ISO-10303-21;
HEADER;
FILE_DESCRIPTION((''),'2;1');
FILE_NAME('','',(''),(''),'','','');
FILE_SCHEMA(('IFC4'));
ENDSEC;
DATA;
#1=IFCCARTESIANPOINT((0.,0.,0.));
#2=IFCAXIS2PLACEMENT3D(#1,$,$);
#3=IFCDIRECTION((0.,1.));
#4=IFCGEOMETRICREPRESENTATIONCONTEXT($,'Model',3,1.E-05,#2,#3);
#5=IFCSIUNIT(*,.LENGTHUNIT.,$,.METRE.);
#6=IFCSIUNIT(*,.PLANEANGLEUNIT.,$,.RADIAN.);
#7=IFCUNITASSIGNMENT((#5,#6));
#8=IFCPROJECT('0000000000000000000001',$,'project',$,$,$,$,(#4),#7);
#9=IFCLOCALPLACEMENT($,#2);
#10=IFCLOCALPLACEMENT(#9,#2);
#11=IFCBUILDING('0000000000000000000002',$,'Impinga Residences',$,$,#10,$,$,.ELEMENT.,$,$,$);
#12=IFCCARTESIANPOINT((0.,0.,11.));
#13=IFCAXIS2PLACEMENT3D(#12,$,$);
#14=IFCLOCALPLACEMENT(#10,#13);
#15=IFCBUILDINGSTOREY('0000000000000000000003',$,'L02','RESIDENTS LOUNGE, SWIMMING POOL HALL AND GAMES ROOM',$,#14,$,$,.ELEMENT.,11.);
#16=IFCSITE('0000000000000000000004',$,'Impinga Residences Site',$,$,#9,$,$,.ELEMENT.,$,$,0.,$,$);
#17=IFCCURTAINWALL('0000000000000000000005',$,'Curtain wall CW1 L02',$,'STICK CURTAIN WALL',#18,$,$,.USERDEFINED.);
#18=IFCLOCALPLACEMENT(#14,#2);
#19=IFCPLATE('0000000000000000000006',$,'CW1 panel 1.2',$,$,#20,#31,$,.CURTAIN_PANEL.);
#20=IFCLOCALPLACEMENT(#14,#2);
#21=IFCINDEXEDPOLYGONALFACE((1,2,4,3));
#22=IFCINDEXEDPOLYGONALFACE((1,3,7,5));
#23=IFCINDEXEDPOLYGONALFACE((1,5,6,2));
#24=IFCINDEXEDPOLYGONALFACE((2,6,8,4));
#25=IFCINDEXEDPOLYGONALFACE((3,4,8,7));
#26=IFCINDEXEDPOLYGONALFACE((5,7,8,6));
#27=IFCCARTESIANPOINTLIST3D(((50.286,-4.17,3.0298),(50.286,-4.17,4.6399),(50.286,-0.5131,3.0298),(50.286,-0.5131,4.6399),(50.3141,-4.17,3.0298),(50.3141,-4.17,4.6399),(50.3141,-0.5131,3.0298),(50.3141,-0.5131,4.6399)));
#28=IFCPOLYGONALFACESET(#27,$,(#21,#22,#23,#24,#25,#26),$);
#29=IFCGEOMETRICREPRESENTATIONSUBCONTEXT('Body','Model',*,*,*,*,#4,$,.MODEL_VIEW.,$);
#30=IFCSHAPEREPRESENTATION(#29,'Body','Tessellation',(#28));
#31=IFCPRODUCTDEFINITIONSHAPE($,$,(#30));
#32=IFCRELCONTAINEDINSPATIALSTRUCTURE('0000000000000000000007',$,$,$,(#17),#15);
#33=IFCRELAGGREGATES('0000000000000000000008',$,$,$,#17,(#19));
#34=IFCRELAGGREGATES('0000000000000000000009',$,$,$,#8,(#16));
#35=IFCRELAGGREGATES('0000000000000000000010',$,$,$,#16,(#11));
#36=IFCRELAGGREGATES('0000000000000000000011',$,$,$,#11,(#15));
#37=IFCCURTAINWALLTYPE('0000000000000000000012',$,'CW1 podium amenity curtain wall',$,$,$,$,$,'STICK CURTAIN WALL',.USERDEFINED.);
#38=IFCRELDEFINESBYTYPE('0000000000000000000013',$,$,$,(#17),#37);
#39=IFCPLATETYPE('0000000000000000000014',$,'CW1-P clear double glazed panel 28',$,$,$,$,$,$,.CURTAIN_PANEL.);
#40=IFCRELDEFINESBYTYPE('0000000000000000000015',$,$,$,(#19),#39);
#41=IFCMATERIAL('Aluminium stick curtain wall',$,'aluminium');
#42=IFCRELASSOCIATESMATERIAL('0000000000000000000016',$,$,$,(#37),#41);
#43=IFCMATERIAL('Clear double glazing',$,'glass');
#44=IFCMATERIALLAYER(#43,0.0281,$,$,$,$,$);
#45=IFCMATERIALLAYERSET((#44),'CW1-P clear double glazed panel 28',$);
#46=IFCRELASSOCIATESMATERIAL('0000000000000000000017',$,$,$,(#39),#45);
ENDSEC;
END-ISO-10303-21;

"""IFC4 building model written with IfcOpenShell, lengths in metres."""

from ifc_helpers import new_model, si_unit, direction, frame, origin, origin_2d, place, context, subcontext, project, spatial, rectangle, extrude, material, layer, layer_set, type_object, element, aggregate, save


model = new_model("IFC4")

# Units and contexts
model_context = context("Model", 3, precision=1e-05, world=origin(), true_north=direction((0.0, 1.0)))
body_context = subcontext(model_context, "Body", "Model", "MODEL_VIEW")
ifc_project = project(units=[si_unit("LENGTHUNIT", "METRE"), si_unit("PLANEANGLEUNIT", "RADIAN")], contexts=[model_context])

# Site, building, storey
site_placement = place(None, origin())
site = spatial("IfcSite", under=ifc_project, at=site_placement, Name="Impinga Residences Site", CompositionType="ELEMENT", RefElevation=0.0)
building_placement = place(site_placement, origin())
building = spatial("IfcBuilding", under=site, at=building_placement, Name="Impinga Residences", CompositionType="ELEMENT")
storey_placement = place(building_placement, frame((0.0, 0.0, 11.0)))
storey = spatial("IfcBuildingStorey", under=building, at=storey_placement, Name="L02", Description="RESIDENTS LOUNGE, SWIMMING POOL HALL AND GAMES ROOM", CompositionType="ELEMENT", Elevation=11.0)

# Curtain wall
ifc_material_1 = material(Name="Aluminium stick curtain wall", Category="aluminium")
curtain_wall_type = type_object("IfcCurtainWallType", Name="CW1 podium amenity curtain wall", ElementType="STICK CURTAIN WALL", PredefinedType="USERDEFINED", material=ifc_material_1)
curtain_wall_1_placement = place(storey_placement, origin())
curtain_wall_1 = element("IfcCurtainWall", 1, at=curtain_wall_1_placement, inside=storey, type_object=curtain_wall_type, Name="Curtain wall CW1 L02", ObjectType="STICK CURTAIN WALL", PredefinedType="USERDEFINED")

# Plate
ifc_material_2 = material(Name="Clear double glazing", Category="glass")
ifc_layer = layer(ifc_material_2, 0.0281)
ifc_layer_set = layer_set([ifc_layer], Name="CW1-P clear double glazed panel 28")
plate_type = type_object("IfcPlateType", Name="CW1-P clear double glazed panel 28", PredefinedType="CURTAIN_PANEL", material=ifc_layer_set)
plate_1_placement = place(storey_placement, frame((50.3, -2.3416, 3.0298), z_axis=(0.0, 0.0, 1.0), x_axis=(0.0, -1.0, 0.0)))
plate_1 = element("IfcPlate", 2, at=plate_1_placement, type_object=plate_type, Name="CW1 panel 1.2", PredefinedType="CURTAIN_PANEL", context=body_context, shape_type="SweptSolid", body=[
    extrude(rectangle(XDim=3.657, YDim=0.0281, at=origin_2d()), origin(), (0.0, 0.0, 1.0), 1.6101),
])
aggregate(curtain_wall_1, [plate_1])

save(model, "model.ifc")
